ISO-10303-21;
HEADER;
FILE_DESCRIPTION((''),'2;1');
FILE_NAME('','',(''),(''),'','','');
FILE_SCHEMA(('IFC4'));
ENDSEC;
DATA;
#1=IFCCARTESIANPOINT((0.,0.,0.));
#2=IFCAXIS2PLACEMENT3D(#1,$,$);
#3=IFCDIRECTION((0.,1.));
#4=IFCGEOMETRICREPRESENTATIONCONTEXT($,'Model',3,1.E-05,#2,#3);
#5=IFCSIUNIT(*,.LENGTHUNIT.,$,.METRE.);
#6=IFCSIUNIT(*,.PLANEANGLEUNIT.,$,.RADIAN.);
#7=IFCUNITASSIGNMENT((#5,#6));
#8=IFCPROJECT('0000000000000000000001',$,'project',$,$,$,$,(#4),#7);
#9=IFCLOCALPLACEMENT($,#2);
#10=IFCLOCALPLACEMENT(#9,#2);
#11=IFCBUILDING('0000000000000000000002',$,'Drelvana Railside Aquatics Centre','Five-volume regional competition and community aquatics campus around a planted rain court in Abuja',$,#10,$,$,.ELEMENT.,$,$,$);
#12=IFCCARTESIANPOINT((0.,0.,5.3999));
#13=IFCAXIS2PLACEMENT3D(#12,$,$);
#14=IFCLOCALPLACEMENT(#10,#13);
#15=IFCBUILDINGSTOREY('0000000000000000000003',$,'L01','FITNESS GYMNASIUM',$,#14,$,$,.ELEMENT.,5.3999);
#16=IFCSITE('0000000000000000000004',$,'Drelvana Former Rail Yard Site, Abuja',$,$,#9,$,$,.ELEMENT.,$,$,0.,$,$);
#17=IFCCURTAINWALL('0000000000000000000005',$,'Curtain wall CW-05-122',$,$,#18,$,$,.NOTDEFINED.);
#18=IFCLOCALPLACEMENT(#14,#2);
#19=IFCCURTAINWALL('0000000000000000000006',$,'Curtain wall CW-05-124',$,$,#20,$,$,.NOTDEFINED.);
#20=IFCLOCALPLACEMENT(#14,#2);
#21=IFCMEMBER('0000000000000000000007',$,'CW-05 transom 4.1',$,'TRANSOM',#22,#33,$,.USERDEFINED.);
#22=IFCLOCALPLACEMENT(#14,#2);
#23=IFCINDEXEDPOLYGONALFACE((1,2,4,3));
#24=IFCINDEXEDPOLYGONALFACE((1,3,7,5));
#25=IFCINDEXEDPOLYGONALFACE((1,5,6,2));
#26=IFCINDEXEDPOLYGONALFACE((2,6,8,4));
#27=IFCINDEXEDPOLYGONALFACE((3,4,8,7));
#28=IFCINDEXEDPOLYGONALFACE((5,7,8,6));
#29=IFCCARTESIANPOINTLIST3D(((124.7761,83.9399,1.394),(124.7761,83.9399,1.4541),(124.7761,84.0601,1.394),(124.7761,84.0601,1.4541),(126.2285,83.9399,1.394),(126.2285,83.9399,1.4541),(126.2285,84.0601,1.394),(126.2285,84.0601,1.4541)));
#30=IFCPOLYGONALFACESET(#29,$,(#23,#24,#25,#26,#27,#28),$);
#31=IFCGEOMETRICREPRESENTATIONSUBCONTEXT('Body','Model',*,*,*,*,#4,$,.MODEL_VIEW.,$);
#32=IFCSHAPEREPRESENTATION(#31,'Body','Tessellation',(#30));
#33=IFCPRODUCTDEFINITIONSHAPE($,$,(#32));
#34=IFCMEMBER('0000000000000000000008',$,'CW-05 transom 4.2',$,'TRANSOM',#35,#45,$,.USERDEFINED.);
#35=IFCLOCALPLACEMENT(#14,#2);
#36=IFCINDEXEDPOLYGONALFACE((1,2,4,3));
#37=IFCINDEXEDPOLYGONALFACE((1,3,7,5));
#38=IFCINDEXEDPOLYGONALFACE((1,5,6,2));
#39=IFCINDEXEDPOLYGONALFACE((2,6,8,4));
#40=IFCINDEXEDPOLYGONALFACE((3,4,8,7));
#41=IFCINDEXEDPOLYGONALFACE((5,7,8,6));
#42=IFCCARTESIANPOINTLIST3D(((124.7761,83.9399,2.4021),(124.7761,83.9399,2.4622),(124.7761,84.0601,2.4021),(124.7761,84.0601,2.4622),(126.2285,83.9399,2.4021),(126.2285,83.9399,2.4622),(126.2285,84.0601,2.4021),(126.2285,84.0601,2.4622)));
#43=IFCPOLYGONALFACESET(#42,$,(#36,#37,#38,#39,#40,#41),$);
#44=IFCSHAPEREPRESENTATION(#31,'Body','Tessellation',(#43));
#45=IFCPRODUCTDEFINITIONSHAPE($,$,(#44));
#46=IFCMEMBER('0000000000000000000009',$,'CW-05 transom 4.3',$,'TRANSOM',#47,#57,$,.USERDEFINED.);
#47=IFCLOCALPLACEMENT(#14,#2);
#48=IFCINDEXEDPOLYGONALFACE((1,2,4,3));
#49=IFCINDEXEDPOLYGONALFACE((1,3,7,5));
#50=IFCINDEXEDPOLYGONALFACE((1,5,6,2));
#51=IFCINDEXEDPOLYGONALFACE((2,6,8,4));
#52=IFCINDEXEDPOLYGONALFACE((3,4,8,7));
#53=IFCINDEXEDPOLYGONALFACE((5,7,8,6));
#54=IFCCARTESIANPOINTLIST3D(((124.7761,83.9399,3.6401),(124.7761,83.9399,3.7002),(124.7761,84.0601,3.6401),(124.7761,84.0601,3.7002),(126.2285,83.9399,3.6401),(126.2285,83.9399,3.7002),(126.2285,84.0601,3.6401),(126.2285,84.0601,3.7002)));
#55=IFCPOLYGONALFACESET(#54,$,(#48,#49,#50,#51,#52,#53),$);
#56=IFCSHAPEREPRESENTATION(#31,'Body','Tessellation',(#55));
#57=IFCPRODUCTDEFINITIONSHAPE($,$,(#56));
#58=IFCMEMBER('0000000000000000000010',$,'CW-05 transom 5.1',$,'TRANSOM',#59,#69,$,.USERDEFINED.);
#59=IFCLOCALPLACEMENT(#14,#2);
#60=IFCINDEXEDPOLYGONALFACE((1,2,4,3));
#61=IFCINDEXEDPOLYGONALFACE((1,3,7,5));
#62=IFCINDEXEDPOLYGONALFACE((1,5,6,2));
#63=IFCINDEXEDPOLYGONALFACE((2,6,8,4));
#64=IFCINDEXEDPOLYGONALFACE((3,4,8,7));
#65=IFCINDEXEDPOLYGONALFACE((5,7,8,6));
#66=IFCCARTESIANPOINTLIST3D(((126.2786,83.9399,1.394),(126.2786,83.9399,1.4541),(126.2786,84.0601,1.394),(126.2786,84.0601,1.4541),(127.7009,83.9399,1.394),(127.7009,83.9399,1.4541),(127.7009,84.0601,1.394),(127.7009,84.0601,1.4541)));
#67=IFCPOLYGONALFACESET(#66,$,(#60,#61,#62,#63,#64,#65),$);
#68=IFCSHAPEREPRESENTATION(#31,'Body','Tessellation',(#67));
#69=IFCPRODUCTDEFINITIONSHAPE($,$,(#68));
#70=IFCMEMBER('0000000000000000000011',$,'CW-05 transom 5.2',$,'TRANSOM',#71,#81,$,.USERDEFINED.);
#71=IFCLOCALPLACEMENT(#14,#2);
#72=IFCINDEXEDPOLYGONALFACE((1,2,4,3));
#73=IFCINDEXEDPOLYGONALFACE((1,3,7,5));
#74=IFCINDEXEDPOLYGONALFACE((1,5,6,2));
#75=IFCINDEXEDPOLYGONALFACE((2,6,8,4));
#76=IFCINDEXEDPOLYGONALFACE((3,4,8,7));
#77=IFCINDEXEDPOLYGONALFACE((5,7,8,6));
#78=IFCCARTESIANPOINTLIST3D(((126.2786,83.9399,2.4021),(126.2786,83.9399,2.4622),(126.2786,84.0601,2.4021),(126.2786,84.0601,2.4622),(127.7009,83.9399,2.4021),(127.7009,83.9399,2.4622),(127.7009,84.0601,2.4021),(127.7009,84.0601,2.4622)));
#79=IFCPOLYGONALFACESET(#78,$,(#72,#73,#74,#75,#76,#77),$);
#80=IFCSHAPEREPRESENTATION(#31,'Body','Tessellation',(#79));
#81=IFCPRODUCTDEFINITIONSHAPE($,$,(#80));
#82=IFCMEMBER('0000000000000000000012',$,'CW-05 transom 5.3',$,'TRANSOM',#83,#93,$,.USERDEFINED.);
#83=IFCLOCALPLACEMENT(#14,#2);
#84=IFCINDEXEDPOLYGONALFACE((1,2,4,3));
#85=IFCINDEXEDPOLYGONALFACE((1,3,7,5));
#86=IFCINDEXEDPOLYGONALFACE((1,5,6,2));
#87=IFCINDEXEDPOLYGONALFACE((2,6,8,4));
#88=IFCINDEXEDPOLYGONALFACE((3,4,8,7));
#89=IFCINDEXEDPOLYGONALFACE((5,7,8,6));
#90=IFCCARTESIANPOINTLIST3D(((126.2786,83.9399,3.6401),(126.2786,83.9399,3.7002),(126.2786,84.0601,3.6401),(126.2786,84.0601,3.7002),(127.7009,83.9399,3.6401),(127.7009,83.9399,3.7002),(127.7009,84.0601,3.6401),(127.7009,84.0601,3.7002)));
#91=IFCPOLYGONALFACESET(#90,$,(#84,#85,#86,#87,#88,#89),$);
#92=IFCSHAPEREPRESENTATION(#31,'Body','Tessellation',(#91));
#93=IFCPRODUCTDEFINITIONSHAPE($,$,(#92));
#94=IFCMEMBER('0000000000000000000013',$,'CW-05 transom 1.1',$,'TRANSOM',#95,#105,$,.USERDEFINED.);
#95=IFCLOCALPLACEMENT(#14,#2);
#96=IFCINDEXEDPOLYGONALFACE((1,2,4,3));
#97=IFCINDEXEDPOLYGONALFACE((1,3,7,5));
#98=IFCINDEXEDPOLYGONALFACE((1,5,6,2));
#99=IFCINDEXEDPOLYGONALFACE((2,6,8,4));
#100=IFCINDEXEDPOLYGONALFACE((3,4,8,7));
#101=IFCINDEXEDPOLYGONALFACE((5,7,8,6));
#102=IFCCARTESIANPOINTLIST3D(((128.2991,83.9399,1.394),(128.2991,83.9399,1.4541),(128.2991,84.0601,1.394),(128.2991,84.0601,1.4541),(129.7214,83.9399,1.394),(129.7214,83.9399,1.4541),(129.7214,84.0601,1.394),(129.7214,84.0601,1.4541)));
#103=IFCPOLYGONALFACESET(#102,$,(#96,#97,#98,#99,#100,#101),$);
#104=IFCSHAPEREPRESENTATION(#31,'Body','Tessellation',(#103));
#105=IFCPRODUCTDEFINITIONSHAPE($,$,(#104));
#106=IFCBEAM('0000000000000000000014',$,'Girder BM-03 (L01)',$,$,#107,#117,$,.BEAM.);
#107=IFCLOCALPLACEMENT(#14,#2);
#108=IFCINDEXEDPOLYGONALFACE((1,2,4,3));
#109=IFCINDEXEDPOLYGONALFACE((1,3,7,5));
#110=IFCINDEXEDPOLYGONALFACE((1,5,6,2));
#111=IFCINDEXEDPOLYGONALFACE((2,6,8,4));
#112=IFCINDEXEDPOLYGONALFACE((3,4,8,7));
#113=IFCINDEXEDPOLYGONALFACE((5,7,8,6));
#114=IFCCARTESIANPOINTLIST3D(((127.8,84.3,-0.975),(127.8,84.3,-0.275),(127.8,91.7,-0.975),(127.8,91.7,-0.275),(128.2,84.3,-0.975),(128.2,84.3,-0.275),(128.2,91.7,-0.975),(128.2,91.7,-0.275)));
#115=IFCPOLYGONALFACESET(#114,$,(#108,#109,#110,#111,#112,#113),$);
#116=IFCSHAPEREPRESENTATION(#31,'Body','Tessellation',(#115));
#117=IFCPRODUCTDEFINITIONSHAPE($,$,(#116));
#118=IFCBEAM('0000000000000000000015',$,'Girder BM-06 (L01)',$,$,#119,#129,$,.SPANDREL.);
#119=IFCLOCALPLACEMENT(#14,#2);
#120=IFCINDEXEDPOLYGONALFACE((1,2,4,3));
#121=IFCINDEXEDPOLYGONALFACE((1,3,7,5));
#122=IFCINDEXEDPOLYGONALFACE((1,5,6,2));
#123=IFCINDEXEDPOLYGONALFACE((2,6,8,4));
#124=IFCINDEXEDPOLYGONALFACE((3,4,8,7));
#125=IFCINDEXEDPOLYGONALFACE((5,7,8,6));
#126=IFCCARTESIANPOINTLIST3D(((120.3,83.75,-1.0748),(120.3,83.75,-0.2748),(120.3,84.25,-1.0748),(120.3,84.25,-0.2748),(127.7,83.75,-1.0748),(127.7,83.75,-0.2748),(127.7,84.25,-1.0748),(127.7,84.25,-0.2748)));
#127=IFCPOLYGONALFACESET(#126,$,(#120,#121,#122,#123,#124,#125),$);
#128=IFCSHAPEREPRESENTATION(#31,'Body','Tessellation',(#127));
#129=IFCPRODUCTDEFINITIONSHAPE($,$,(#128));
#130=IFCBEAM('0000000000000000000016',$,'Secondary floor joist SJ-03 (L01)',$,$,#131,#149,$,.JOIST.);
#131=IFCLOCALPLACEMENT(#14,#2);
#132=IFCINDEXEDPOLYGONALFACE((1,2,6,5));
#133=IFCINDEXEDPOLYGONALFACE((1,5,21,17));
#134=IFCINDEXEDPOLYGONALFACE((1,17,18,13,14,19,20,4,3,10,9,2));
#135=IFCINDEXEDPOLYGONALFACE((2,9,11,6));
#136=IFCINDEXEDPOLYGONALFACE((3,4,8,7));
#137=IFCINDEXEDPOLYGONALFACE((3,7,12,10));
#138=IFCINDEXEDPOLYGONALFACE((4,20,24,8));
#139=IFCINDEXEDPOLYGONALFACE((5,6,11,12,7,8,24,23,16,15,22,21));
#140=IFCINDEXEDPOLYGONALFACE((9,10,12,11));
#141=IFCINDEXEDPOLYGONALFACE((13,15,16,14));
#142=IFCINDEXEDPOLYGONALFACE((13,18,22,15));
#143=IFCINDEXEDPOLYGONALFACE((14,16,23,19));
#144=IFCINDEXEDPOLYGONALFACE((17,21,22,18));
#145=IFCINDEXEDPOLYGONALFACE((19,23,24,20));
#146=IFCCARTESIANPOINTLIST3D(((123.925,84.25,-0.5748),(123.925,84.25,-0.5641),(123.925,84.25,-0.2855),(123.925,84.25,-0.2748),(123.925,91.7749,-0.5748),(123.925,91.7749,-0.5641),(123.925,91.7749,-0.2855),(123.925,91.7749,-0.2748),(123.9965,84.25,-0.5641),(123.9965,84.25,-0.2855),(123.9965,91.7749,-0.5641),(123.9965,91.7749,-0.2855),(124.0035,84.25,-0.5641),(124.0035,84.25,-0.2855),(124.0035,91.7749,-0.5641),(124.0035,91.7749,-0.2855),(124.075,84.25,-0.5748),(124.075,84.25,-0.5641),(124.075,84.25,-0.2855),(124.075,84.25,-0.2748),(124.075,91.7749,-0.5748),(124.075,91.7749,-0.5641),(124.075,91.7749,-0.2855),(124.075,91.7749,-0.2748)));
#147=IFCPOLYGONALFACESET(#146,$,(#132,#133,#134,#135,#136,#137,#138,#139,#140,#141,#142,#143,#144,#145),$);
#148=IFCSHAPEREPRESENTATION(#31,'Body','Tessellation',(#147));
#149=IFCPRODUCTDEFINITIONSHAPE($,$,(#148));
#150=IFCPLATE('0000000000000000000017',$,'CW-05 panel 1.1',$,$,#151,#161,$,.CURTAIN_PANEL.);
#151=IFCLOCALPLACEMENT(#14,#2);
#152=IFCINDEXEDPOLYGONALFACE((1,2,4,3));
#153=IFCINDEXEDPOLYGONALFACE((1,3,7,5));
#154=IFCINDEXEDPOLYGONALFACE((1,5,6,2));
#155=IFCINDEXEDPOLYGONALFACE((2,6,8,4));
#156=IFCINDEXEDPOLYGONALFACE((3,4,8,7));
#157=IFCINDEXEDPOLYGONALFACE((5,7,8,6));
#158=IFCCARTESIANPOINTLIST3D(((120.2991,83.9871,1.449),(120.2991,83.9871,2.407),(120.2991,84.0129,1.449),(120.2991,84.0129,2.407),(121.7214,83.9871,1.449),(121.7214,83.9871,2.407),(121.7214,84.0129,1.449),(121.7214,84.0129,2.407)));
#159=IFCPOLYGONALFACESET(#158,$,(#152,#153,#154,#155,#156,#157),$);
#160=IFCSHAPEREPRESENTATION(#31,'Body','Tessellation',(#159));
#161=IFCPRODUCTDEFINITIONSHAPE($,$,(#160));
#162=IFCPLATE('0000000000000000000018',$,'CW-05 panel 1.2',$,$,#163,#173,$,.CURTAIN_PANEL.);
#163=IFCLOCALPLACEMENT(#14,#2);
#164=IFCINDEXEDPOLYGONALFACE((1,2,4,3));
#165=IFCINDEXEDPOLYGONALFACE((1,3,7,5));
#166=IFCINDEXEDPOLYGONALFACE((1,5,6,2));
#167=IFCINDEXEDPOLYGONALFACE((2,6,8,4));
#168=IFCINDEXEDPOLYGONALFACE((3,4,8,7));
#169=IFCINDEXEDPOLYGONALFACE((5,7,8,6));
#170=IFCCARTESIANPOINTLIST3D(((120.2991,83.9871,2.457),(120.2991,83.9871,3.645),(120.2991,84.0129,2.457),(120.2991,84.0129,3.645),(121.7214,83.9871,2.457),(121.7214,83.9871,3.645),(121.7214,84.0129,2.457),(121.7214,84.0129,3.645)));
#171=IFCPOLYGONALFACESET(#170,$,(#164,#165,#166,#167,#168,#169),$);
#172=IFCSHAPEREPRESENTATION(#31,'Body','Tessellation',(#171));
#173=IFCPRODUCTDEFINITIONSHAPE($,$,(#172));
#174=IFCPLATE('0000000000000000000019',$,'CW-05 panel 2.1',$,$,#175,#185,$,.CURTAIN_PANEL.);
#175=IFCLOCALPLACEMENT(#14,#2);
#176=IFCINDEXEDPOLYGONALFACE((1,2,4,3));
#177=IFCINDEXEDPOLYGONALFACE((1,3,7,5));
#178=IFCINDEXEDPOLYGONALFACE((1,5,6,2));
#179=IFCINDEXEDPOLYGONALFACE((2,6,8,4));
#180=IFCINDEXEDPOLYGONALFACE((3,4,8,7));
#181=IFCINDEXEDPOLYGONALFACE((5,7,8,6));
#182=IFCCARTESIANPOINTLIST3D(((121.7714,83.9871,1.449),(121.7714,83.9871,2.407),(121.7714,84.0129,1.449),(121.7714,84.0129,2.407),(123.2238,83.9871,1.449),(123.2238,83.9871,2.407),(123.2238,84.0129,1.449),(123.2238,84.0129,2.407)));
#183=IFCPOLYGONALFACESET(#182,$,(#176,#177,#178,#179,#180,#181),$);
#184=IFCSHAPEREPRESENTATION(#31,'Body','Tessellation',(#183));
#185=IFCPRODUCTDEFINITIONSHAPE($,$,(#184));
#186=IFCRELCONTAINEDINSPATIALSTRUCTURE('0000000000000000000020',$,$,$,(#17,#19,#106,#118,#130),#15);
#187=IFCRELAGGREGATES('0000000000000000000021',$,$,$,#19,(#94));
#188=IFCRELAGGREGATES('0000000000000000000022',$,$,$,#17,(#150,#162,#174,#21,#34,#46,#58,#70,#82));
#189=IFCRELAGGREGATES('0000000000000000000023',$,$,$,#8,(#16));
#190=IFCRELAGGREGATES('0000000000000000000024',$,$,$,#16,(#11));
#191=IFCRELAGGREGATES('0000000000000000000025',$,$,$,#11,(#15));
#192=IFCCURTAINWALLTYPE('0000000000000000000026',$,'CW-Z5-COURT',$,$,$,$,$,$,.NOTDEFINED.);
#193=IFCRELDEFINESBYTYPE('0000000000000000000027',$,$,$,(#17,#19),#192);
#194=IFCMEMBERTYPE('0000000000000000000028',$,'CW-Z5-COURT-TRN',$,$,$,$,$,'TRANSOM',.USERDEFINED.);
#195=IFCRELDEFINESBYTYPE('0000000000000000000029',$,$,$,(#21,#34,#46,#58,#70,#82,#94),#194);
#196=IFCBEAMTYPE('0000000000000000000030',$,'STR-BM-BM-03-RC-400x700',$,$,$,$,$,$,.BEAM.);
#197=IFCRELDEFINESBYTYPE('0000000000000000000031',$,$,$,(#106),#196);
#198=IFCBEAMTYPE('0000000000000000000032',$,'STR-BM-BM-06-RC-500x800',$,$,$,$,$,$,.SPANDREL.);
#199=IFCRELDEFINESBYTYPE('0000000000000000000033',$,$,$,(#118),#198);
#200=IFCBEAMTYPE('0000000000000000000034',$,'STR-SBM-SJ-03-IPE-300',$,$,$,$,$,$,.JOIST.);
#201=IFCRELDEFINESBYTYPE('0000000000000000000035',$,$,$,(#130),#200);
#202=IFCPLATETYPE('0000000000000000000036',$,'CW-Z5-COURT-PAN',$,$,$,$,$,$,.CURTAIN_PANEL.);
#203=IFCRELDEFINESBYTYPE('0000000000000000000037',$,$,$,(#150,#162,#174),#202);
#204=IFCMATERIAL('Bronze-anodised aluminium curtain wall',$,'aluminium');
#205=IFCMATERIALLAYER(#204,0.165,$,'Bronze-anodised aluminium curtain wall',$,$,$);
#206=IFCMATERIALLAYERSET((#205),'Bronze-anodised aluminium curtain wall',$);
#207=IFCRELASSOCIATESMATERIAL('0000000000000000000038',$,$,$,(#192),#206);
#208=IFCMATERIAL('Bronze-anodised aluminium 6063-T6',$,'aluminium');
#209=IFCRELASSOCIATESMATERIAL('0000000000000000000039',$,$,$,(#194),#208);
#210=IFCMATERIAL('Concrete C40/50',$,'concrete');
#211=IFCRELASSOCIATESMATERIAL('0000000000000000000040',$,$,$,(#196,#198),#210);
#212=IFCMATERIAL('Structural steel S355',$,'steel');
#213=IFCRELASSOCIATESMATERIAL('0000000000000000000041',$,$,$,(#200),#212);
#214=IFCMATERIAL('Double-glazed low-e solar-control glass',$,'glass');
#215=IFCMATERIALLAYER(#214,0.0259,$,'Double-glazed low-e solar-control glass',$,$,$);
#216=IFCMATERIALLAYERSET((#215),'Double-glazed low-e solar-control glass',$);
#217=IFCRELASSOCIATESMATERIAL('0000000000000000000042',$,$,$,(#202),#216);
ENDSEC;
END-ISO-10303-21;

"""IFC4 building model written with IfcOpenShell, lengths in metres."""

from ifc_helpers import new_model, si_unit, direction, frame, origin, origin_2d, place, context, subcontext, project, spatial, rectangle, i_section, extrude, material, layer, layer_set, material_profile, profile_set, type_object, element, aggregate, save


model = new_model("IFC4")

# Units and contexts
model_context = context("Model", 3, precision=1e-05, world=origin(), true_north=direction((0.0, 1.0)))
body_context = subcontext(model_context, "Body", "Model", "MODEL_VIEW")
ifc_project = project(units=[si_unit("LENGTHUNIT", "METRE"), si_unit("PLANEANGLEUNIT", "RADIAN")], contexts=[model_context])

# Site, building, storey
site_placement = place(None, origin())
site = spatial("IfcSite", under=ifc_project, at=site_placement, Name="Drelvana Former Rail Yard Site, Abuja", CompositionType="ELEMENT", RefElevation=0.0)
building_placement = place(site_placement, origin())
building = spatial("IfcBuilding", under=site, at=building_placement, Name="Drelvana Railside Aquatics Centre", Description="Five-volume regional competition and community aquatics campus around a planted rain court in Abuja", CompositionType="ELEMENT")
storey_placement = place(building_placement, frame((0.0, 0.0, 5.3999)))
storey = spatial("IfcBuildingStorey", under=building, at=storey_placement, Name="L01", Description="FITNESS GYMNASIUM", CompositionType="ELEMENT", Elevation=5.3999)

# Shared definitions
ifc_material_1 = material(Name="Concrete C40/50", Category="concrete")

# Curtain wall
ifc_material_2 = material(Name="Bronze-anodised aluminium curtain wall", Category="aluminium")
ifc_layer_1 = layer(ifc_material_2, 0.165, Name="Bronze-anodised aluminium curtain wall")
ifc_layer_set_1 = layer_set([ifc_layer_1], Name="Bronze-anodised aluminium curtain wall")
curtain_wall_type = type_object("IfcCurtainWallType", Name="CW-Z5-COURT", PredefinedType="NOTDEFINED", material=ifc_layer_set_1)
curtain_wall_1_placement = place(storey_placement, origin())
curtain_wall_1 = element("IfcCurtainWall", 1, at=curtain_wall_1_placement, inside=storey, type_object=curtain_wall_type, Name="Curtain wall CW-05-122", PredefinedType="NOTDEFINED")
ifc_material_3 = material(Name="Bronze-anodised aluminium 6063-T6", Category="aluminium")

# Curtain wall
curtain_wall_2_placement = place(storey_placement, origin())
curtain_wall_2 = element("IfcCurtainWall", 2, at=curtain_wall_2_placement, inside=storey, type_object=curtain_wall_type, Name="Curtain wall CW-05-124", PredefinedType="NOTDEFINED")

# Members
ifc_material_profile_1 = material_profile(ifc_material_3, rectangle(XDim=0.1201, YDim=0.0601, at=origin_2d()), Name="ALU-T 60x120")
ifc_profile_set_1 = profile_set([ifc_material_profile_1], Name="Bronze-anodised aluminium 6063-T6")
member_type_1 = type_object("IfcMemberType", Name="CW-Z5-COURT-TRN", ElementType="TRANSOM", PredefinedType="USERDEFINED", material=ifc_profile_set_1)
member_1_placement = place(storey_placement, frame((124.7761, 84.0, 1.4241), z_axis=(1.0, 0.0, 0.0), x_axis=(0.0, 1.0, 0.0)))
member_1 = element("IfcMember", 3, at=member_1_placement, type_object=member_type_1, Name="CW-05 transom 4.1", ObjectType="TRANSOM", PredefinedType="USERDEFINED", context=body_context, shape_type="SweptSolid", body=[
    extrude(rectangle(XDim=0.1201, YDim=0.0601, at=origin_2d()), origin(), (0.0, 0.0, 1.0), 1.4524),
])
member_2_placement = place(storey_placement, frame((124.7761, 84.0, 2.4321), z_axis=(1.0, 0.0, 0.0), x_axis=(0.0, 1.0, 0.0)))
member_2 = element("IfcMember", 4, at=member_2_placement, type_object=member_type_1, Name="CW-05 transom 4.2", ObjectType="TRANSOM", PredefinedType="USERDEFINED", context=body_context, shape_type="SweptSolid", body=[
    extrude(rectangle(XDim=0.1201, YDim=0.0601, at=origin_2d()), origin(), (0.0, 0.0, 1.0), 1.4524),
])
member_3_placement = place(storey_placement, frame((124.7761, 84.0, 3.6702), z_axis=(1.0, 0.0, 0.0), x_axis=(0.0, 1.0, 0.0)))
member_3 = element("IfcMember", 5, at=member_3_placement, type_object=member_type_1, Name="CW-05 transom 4.3", ObjectType="TRANSOM", PredefinedType="USERDEFINED", context=body_context, shape_type="SweptSolid", body=[
    extrude(rectangle(XDim=0.1201, YDim=0.0601, at=origin_2d()), origin(), (0.0, 0.0, 1.0), 1.4524),
])
member_4_placement = place(storey_placement, frame((126.2786, 84.0, 1.4241), z_axis=(1.0, 0.0, 0.0), x_axis=(0.0, 1.0, 0.0)))
member_4 = element("IfcMember", 6, at=member_4_placement, type_object=member_type_1, Name="CW-05 transom 5.1", ObjectType="TRANSOM", PredefinedType="USERDEFINED", context=body_context, shape_type="SweptSolid", body=[
    extrude(rectangle(XDim=0.1201, YDim=0.0601, at=origin_2d()), origin(), (0.0, 0.0, 1.0), 1.4224),
])
member_5_placement = place(storey_placement, frame((126.2786, 84.0, 2.4321), z_axis=(1.0, 0.0, 0.0), x_axis=(0.0, 1.0, 0.0)))
member_5 = element("IfcMember", 7, at=member_5_placement, type_object=member_type_1, Name="CW-05 transom 5.2", ObjectType="TRANSOM", PredefinedType="USERDEFINED", context=body_context, shape_type="SweptSolid", body=[
    extrude(rectangle(XDim=0.1201, YDim=0.0601, at=origin_2d()), origin(), (0.0, 0.0, 1.0), 1.4224),
])
member_6_placement = place(storey_placement, frame((126.2786, 84.0, 3.6702), z_axis=(1.0, 0.0, 0.0), x_axis=(0.0, 1.0, 0.0)))
member_6 = element("IfcMember", 8, at=member_6_placement, type_object=member_type_1, Name="CW-05 transom 5.3", ObjectType="TRANSOM", PredefinedType="USERDEFINED", context=body_context, shape_type="SweptSolid", body=[
    extrude(rectangle(XDim=0.1201, YDim=0.0601, at=origin_2d()), origin(), (0.0, 0.0, 1.0), 1.4224),
])
member_7_placement = place(storey_placement, frame((128.2991, 84.0, 1.4241), z_axis=(1.0, 0.0, 0.0), x_axis=(0.0, 1.0, 0.0)))
member_7 = element("IfcMember", 9, at=member_7_placement, type_object=member_type_1, Name="CW-05 transom 1.1", ObjectType="TRANSOM", PredefinedType="USERDEFINED", context=body_context, shape_type="SweptSolid", body=[
    extrude(rectangle(XDim=0.1201, YDim=0.0601, at=origin_2d()), origin(), (0.0, 0.0, 1.0), 1.4224),
])
aggregate(curtain_wall_2, [member_7])

# Beams
ifc_material_profile_2 = material_profile(ifc_material_1, rectangle(XDim=0.3999, YDim=0.7, at=origin_2d()), Name="RC 400x700")
ifc_profile_set_2 = profile_set([ifc_material_profile_2], Name="Concrete C40/50")
beam_type_1 = type_object("IfcBeamType", Name="STR-BM-BM-03-RC-400x700", PredefinedType="BEAM", material=ifc_profile_set_2)
beam_1_placement = place(storey_placement, frame((128.0, 84.3, -0.625), z_axis=(0.0, 1.0, 0.0), x_axis=(-1.0, 0.0, 0.0)))
element("IfcBeam", 10, at=beam_1_placement, inside=storey, type_object=beam_type_1, Name="Girder BM-03 (L01)", PredefinedType="BEAM", context=body_context, shape_type="SweptSolid", body=[
    extrude(rectangle(XDim=0.3999, YDim=0.7, at=origin_2d()), origin(), (0.0, 0.0, 1.0), 7.3999),
])
ifc_material_profile_3 = material_profile(ifc_material_1, rectangle(XDim=0.5, YDim=0.8, at=origin_2d()), Name="RC 500x800")
ifc_profile_set_3 = profile_set([ifc_material_profile_3], Name="Concrete C40/50")
beam_type_2 = type_object("IfcBeamType", Name="STR-BM-BM-06-RC-500x800", PredefinedType="SPANDREL", material=ifc_profile_set_3)
beam_2_placement = place(storey_placement, frame((120.3, 84.0, -0.6748), z_axis=(1.0, 0.0, 0.0), x_axis=(0.0, 1.0, 0.0)))
element("IfcBeam", 11, at=beam_2_placement, inside=storey, type_object=beam_type_2, Name="Girder BM-06 (L01)", PredefinedType="SPANDREL", context=body_context, shape_type="SweptSolid", body=[
    extrude(rectangle(XDim=0.5, YDim=0.8, at=origin_2d()), origin(), (0.0, 0.0, 1.0), 7.3999),
])
ifc_material_4 = material(Name="Structural steel S355", Category="steel")
ifc_material_profile_4 = material_profile(ifc_material_4, i_section(OverallWidth=0.1499, OverallDepth=0.3, WebThickness=0.0071, FlangeThickness=0.0107, at=origin_2d()), Name="IPE 300")
ifc_profile_set_4 = profile_set([ifc_material_profile_4], Name="Structural steel S355")
beam_type_3 = type_object("IfcBeamType", Name="STR-SBM-SJ-03-IPE-300", PredefinedType="JOIST", material=ifc_profile_set_4)
beam_3_placement = place(storey_placement, frame((124.0, 84.25, -0.4248), z_axis=(0.0, 1.0, 0.0), x_axis=(-1.0, 0.0, 0.0)))
element("IfcBeam", 12, at=beam_3_placement, inside=storey, type_object=beam_type_3, Name="Secondary floor joist SJ-03 (L01)", PredefinedType="JOIST", context=body_context, shape_type="SweptSolid", body=[
    extrude(i_section(OverallWidth=0.1499, OverallDepth=0.3, WebThickness=0.0071, FlangeThickness=0.0107, at=origin_2d()), origin(), (0.0, 0.0, 1.0), 7.5249),
])

# Plates
ifc_material_5 = material(Name="Double-glazed low-e solar-control glass", Category="glass")
ifc_layer_2 = layer(ifc_material_5, 0.0259, Name="Double-glazed low-e solar-control glass")
ifc_layer_set_2 = layer_set([ifc_layer_2], Name="Double-glazed low-e solar-control glass")
plate_type = type_object("IfcPlateType", Name="CW-Z5-COURT-PAN", PredefinedType="CURTAIN_PANEL", material=ifc_layer_set_2)
plate_1_placement = place(storey_placement, frame((121.0103, 84.0, 1.449), z_axis=(0.0, 0.0, 1.0), x_axis=(1.0, 0.0, 0.0)))
plate_1 = element("IfcPlate", 13, at=plate_1_placement, type_object=plate_type, Name="CW-05 panel 1.1", PredefinedType="CURTAIN_PANEL", context=body_context, shape_type="SweptSolid", body=[
    extrude(rectangle(XDim=1.4224, YDim=0.0259, at=origin_2d()), origin(), (0.0, 0.0, 1.0), 0.958),
])
plate_2_placement = place(storey_placement, frame((121.0103, 84.0, 2.457), z_axis=(0.0, 0.0, 1.0), x_axis=(1.0, 0.0, 0.0)))
plate_2 = element("IfcPlate", 14, at=plate_2_placement, type_object=plate_type, Name="CW-05 panel 1.2", PredefinedType="CURTAIN_PANEL", context=body_context, shape_type="SweptSolid", body=[
    extrude(rectangle(XDim=1.4224, YDim=0.0259, at=origin_2d()), origin(), (0.0, 0.0, 1.0), 1.188),
])
plate_3_placement = place(storey_placement, frame((122.4976, 84.0, 1.449), z_axis=(0.0, 0.0, 1.0), x_axis=(1.0, 0.0, 0.0)))
plate_3 = element("IfcPlate", 15, at=plate_3_placement, type_object=plate_type, Name="CW-05 panel 2.1", PredefinedType="CURTAIN_PANEL", context=body_context, shape_type="SweptSolid", body=[
    extrude(rectangle(XDim=1.4524, YDim=0.0259, at=origin_2d()), origin(), (0.0, 0.0, 1.0), 0.958),
])
aggregate(curtain_wall_1, [plate_1, plate_2, plate_3, member_1, member_2, member_3, member_4, member_5, member_6])

save(model, "model.ifc")
